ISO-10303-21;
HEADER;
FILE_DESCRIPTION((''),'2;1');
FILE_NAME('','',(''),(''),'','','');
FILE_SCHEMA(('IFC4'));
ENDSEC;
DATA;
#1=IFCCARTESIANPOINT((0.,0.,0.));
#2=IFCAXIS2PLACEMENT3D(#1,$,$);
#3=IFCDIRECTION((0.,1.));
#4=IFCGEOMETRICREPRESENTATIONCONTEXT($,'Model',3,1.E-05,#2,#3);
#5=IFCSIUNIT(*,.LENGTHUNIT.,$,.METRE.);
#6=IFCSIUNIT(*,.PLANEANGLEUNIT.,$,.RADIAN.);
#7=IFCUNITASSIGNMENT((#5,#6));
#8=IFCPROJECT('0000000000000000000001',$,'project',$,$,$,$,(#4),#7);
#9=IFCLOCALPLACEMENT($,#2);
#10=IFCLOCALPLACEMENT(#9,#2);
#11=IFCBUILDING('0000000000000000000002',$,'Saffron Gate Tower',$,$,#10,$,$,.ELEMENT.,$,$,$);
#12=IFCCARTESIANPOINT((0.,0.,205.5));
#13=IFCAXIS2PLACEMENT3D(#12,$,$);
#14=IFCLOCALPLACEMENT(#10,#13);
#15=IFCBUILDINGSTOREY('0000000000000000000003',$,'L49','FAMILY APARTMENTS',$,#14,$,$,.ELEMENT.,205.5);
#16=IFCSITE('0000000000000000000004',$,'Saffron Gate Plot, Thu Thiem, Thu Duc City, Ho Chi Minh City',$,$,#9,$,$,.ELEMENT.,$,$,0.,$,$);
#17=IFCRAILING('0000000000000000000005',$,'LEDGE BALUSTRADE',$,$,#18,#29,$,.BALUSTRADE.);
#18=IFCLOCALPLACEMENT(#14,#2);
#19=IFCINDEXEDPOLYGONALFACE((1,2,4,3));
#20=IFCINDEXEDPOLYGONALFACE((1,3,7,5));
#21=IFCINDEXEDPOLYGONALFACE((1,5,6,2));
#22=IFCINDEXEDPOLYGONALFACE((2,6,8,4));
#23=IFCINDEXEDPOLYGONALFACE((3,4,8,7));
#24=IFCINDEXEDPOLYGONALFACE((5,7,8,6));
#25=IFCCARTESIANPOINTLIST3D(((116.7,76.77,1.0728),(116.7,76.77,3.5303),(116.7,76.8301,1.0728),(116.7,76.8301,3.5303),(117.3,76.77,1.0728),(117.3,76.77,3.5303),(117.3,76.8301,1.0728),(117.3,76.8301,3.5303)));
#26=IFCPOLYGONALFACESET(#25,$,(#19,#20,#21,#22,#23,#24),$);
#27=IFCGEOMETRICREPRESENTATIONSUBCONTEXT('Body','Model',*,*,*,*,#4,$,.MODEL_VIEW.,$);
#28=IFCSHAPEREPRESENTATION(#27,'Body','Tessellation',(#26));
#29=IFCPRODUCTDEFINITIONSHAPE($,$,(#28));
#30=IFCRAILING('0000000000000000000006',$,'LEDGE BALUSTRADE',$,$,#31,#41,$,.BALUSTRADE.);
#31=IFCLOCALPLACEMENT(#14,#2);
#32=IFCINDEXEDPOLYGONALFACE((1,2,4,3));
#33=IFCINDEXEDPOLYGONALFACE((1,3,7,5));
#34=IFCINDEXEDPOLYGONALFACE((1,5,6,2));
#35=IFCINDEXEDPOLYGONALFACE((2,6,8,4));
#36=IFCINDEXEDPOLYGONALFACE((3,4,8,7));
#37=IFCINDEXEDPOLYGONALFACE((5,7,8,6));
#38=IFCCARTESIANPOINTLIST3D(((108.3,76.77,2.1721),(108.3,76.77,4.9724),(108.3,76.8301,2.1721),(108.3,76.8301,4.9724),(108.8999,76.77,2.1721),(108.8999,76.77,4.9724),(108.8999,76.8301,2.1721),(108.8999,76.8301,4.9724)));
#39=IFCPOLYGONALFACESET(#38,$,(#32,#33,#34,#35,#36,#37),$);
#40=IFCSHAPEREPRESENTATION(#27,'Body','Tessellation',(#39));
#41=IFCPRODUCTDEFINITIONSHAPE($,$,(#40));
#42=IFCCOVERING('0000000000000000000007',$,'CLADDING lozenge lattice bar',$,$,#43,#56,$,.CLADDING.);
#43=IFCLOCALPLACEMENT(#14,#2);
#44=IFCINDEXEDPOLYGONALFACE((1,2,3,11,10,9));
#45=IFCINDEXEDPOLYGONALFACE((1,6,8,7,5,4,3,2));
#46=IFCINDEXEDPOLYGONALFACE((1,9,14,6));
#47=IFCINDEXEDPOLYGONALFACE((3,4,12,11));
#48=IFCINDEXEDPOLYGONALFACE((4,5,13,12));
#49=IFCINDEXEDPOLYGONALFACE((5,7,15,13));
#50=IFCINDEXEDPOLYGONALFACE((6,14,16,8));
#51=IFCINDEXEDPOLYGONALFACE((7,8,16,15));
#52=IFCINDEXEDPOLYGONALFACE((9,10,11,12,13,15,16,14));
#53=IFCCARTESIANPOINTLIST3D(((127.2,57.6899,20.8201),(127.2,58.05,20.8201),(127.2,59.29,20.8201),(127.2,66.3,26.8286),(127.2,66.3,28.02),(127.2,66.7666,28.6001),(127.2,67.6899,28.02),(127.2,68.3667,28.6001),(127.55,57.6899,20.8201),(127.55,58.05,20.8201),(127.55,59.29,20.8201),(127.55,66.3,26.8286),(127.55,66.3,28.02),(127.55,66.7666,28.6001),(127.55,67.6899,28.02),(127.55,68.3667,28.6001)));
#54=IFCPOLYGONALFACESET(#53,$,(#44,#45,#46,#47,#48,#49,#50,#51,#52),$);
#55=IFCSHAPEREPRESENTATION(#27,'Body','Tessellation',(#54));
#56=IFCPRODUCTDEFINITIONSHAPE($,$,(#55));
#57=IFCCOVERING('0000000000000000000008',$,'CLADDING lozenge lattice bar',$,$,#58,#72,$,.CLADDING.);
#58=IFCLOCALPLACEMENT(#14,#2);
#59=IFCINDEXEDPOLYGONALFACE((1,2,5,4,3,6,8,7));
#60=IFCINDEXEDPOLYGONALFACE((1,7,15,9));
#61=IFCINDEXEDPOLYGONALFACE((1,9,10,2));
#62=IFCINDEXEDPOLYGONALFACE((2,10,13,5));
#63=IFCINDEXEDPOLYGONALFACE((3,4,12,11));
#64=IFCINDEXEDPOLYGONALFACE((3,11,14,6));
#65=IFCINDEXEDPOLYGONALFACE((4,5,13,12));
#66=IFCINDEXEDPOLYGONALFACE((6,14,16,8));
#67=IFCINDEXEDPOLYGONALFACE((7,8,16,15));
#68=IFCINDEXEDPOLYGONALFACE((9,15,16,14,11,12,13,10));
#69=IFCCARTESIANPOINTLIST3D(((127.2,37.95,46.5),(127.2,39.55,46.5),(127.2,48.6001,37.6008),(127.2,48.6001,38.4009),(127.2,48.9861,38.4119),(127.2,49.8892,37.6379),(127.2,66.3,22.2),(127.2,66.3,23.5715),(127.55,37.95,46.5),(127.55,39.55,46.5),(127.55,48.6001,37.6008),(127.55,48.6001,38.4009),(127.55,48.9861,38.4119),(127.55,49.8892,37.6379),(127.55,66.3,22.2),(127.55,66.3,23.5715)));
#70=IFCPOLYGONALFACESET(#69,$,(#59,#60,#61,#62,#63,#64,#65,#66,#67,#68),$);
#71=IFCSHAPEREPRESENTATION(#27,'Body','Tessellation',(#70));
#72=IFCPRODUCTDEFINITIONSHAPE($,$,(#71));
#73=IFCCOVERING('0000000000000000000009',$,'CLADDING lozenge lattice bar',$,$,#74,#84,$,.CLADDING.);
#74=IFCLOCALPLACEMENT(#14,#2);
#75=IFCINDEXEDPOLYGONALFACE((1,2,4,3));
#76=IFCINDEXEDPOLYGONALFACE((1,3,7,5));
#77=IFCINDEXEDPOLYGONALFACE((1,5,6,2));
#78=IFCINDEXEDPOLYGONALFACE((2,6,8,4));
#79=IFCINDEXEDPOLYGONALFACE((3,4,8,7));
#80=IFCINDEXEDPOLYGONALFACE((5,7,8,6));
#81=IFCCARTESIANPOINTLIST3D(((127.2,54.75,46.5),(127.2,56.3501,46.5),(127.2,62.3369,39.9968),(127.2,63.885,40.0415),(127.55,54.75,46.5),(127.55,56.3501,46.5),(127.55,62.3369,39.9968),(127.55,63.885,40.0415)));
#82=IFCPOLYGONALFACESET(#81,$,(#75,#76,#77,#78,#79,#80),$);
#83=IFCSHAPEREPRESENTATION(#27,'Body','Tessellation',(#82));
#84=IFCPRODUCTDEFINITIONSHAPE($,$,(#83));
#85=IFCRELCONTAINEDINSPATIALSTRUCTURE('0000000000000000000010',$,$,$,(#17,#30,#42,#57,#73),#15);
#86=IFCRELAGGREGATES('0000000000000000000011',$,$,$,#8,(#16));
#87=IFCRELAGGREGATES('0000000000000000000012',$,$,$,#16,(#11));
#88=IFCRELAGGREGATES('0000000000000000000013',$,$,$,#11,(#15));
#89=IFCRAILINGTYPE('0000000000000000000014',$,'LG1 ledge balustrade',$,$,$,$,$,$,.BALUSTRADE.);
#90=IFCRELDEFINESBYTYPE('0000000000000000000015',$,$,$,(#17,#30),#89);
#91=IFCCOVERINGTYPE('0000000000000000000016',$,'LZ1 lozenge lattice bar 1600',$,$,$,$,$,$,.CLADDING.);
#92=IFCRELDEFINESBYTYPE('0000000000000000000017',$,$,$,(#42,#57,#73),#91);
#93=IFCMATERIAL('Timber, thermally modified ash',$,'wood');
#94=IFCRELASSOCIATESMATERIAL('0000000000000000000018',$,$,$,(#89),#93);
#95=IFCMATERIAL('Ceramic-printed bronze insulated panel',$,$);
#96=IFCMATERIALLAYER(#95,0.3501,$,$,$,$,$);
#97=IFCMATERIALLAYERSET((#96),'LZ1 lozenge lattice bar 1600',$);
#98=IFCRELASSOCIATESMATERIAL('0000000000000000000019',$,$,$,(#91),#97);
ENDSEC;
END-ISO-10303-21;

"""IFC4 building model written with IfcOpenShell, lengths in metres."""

from ifc_helpers import new_model, si_unit, direction, frame, origin, origin_2d, place, context, subcontext, project, spatial, polyline, rectangle, outline, extrude, material, layer, layer_set, type_object, element, save


model = new_model("IFC4")

# Units and contexts
model_context = context("Model", 3, precision=1e-05, world=origin(), true_north=direction((0.0, 1.0)))
body_context = subcontext(model_context, "Body", "Model", "MODEL_VIEW")
ifc_project = project(units=[si_unit("LENGTHUNIT", "METRE"), si_unit("PLANEANGLEUNIT", "RADIAN")], contexts=[model_context])

# Site, building, storey
site_placement = place(None, origin())
site = spatial("IfcSite", under=ifc_project, at=site_placement, Name="Saffron Gate Plot, Thu Thiem, Thu Duc City, Ho Chi Minh City", CompositionType="ELEMENT", RefElevation=0.0)
building_placement = place(site_placement, origin())
building = spatial("IfcBuilding", under=site, at=building_placement, Name="Saffron Gate Tower", CompositionType="ELEMENT")
storey_placement = place(building_placement, frame((0.0, 0.0, 205.5)))
storey = spatial("IfcBuildingStorey", under=building, at=storey_placement, Name="L49", Description="FAMILY APARTMENTS", CompositionType="ELEMENT", Elevation=205.5)

# Shared definitions
ifc_material_1 = material(Name="Timber, thermally modified ash", Category="wood")

# Railings
railing_type = type_object("IfcRailingType", Name="LG1 ledge balustrade", PredefinedType="BALUSTRADE", material=ifc_material_1)
railing_1_placement = place(storey_placement, frame((117.3, 76.8, 1.0728)))
element("IfcRailing", 1, at=railing_1_placement, inside=storey, type_object=railing_type, Name="LEDGE BALUSTRADE", PredefinedType="BALUSTRADE", context=body_context, shape_type="SweptSolid", body=[
    extrude(rectangle(XDim=0.0601, YDim=2.4575, at=origin_2d()), frame((0.0, 0.0, 1.2288), z_axis=(-1.0, 0.0, 0.0), x_axis=(0.0, -1.0, 0.0)), (0.0, 0.0, 1.0), 0.6001),
])
railing_2_placement = place(storey_placement, frame((108.8999, 76.8, 2.1721)))
element("IfcRailing", 2, at=railing_2_placement, inside=storey, type_object=railing_type, Name="LEDGE BALUSTRADE", PredefinedType="BALUSTRADE", context=body_context, shape_type="SweptSolid", body=[
    extrude(rectangle(XDim=0.0601, YDim=2.8003, at=origin_2d()), frame((0.0, 0.0, 1.4001), z_axis=(-1.0, 0.0, 0.0), x_axis=(0.0, -1.0, 0.0)), (0.0, 0.0, 1.0), 0.5999),
])

# Coverings
ifc_material_2 = material(Name="Ceramic-printed bronze insulated panel")
ifc_layer_1 = layer(ifc_material_2, 0.3501)
ifc_layer_set_1 = layer_set([ifc_layer_1], Name="LZ1 lozenge lattice bar 1600")
covering_type_1 = type_object("IfcCoveringType", Name="LZ1 lozenge lattice bar 1600", PredefinedType="CLADDING", material=ifc_layer_set_1)
covering_1_placement = place(storey_placement, frame((127.55, 57.6899, 20.8201), z_axis=(1.0, 0.0, 0.0), x_axis=(0.0, 1.0, 0.0)))
element("IfcCovering", 3, at=covering_1_placement, inside=storey, type_object=covering_type_1, Name="CLADDING lozenge lattice bar", PredefinedType="CLADDING", context=body_context, shape_type="SweptSolid", body=[
    extrude(outline(polyline([(0.0, 0.0), (0.3601, 0.0), (1.6001, 0.0), (8.6101, 6.0085), (8.6101, 7.2), (10.0, 7.2), (10.6768, 7.78), (9.0767, 7.78), (0.0, 0.0)])), origin(), (0.0, 0.0, -1.0), 0.3501),
])
covering_2_placement = place(storey_placement, frame((127.55, 66.3, 22.2), z_axis=(1.0, 0.0, 0.0), x_axis=(0.0, 0.0, 1.0)))
element("IfcCovering", 4, at=covering_2_placement, inside=storey, type_object=covering_type_1, Name="CLADDING lozenge lattice bar", PredefinedType="CLADDING", context=body_context, shape_type="SweptSolid", body=[
    extrude(outline(polyline([(0.0, 0.0), (1.3716, 0.0), (15.438, 16.4109), (15.4009, 17.7), (16.2009, 17.7), (16.2119, 17.314), (24.3, 26.75), (24.3, 28.3501), (0.0, 0.0)])), origin(), (0.0, 0.0, -1.0), 0.3501),
])
covering_3_placement = place(storey_placement, frame((127.55, 62.3369, 39.9968), z_axis=(1.0, 0.0, 0.0), x_axis=(0.0, 0.999584, 0.028848)))
element("IfcCovering", 5, at=covering_3_placement, inside=storey, type_object=covering_type_1, Name="CLADDING lozenge lattice bar", PredefinedType="CLADDING", context=body_context, shape_type="SweptSolid", body=[
    extrude(outline(polyline([(0.0, 0.0), (1.5487, 0.0), (-5.7967, 6.6732), (-7.3962, 6.7193), (0.0, 0.0)])), origin(), (0.0, 0.0, -1.0), 0.3501),
])

save(model, "model.ifc")
